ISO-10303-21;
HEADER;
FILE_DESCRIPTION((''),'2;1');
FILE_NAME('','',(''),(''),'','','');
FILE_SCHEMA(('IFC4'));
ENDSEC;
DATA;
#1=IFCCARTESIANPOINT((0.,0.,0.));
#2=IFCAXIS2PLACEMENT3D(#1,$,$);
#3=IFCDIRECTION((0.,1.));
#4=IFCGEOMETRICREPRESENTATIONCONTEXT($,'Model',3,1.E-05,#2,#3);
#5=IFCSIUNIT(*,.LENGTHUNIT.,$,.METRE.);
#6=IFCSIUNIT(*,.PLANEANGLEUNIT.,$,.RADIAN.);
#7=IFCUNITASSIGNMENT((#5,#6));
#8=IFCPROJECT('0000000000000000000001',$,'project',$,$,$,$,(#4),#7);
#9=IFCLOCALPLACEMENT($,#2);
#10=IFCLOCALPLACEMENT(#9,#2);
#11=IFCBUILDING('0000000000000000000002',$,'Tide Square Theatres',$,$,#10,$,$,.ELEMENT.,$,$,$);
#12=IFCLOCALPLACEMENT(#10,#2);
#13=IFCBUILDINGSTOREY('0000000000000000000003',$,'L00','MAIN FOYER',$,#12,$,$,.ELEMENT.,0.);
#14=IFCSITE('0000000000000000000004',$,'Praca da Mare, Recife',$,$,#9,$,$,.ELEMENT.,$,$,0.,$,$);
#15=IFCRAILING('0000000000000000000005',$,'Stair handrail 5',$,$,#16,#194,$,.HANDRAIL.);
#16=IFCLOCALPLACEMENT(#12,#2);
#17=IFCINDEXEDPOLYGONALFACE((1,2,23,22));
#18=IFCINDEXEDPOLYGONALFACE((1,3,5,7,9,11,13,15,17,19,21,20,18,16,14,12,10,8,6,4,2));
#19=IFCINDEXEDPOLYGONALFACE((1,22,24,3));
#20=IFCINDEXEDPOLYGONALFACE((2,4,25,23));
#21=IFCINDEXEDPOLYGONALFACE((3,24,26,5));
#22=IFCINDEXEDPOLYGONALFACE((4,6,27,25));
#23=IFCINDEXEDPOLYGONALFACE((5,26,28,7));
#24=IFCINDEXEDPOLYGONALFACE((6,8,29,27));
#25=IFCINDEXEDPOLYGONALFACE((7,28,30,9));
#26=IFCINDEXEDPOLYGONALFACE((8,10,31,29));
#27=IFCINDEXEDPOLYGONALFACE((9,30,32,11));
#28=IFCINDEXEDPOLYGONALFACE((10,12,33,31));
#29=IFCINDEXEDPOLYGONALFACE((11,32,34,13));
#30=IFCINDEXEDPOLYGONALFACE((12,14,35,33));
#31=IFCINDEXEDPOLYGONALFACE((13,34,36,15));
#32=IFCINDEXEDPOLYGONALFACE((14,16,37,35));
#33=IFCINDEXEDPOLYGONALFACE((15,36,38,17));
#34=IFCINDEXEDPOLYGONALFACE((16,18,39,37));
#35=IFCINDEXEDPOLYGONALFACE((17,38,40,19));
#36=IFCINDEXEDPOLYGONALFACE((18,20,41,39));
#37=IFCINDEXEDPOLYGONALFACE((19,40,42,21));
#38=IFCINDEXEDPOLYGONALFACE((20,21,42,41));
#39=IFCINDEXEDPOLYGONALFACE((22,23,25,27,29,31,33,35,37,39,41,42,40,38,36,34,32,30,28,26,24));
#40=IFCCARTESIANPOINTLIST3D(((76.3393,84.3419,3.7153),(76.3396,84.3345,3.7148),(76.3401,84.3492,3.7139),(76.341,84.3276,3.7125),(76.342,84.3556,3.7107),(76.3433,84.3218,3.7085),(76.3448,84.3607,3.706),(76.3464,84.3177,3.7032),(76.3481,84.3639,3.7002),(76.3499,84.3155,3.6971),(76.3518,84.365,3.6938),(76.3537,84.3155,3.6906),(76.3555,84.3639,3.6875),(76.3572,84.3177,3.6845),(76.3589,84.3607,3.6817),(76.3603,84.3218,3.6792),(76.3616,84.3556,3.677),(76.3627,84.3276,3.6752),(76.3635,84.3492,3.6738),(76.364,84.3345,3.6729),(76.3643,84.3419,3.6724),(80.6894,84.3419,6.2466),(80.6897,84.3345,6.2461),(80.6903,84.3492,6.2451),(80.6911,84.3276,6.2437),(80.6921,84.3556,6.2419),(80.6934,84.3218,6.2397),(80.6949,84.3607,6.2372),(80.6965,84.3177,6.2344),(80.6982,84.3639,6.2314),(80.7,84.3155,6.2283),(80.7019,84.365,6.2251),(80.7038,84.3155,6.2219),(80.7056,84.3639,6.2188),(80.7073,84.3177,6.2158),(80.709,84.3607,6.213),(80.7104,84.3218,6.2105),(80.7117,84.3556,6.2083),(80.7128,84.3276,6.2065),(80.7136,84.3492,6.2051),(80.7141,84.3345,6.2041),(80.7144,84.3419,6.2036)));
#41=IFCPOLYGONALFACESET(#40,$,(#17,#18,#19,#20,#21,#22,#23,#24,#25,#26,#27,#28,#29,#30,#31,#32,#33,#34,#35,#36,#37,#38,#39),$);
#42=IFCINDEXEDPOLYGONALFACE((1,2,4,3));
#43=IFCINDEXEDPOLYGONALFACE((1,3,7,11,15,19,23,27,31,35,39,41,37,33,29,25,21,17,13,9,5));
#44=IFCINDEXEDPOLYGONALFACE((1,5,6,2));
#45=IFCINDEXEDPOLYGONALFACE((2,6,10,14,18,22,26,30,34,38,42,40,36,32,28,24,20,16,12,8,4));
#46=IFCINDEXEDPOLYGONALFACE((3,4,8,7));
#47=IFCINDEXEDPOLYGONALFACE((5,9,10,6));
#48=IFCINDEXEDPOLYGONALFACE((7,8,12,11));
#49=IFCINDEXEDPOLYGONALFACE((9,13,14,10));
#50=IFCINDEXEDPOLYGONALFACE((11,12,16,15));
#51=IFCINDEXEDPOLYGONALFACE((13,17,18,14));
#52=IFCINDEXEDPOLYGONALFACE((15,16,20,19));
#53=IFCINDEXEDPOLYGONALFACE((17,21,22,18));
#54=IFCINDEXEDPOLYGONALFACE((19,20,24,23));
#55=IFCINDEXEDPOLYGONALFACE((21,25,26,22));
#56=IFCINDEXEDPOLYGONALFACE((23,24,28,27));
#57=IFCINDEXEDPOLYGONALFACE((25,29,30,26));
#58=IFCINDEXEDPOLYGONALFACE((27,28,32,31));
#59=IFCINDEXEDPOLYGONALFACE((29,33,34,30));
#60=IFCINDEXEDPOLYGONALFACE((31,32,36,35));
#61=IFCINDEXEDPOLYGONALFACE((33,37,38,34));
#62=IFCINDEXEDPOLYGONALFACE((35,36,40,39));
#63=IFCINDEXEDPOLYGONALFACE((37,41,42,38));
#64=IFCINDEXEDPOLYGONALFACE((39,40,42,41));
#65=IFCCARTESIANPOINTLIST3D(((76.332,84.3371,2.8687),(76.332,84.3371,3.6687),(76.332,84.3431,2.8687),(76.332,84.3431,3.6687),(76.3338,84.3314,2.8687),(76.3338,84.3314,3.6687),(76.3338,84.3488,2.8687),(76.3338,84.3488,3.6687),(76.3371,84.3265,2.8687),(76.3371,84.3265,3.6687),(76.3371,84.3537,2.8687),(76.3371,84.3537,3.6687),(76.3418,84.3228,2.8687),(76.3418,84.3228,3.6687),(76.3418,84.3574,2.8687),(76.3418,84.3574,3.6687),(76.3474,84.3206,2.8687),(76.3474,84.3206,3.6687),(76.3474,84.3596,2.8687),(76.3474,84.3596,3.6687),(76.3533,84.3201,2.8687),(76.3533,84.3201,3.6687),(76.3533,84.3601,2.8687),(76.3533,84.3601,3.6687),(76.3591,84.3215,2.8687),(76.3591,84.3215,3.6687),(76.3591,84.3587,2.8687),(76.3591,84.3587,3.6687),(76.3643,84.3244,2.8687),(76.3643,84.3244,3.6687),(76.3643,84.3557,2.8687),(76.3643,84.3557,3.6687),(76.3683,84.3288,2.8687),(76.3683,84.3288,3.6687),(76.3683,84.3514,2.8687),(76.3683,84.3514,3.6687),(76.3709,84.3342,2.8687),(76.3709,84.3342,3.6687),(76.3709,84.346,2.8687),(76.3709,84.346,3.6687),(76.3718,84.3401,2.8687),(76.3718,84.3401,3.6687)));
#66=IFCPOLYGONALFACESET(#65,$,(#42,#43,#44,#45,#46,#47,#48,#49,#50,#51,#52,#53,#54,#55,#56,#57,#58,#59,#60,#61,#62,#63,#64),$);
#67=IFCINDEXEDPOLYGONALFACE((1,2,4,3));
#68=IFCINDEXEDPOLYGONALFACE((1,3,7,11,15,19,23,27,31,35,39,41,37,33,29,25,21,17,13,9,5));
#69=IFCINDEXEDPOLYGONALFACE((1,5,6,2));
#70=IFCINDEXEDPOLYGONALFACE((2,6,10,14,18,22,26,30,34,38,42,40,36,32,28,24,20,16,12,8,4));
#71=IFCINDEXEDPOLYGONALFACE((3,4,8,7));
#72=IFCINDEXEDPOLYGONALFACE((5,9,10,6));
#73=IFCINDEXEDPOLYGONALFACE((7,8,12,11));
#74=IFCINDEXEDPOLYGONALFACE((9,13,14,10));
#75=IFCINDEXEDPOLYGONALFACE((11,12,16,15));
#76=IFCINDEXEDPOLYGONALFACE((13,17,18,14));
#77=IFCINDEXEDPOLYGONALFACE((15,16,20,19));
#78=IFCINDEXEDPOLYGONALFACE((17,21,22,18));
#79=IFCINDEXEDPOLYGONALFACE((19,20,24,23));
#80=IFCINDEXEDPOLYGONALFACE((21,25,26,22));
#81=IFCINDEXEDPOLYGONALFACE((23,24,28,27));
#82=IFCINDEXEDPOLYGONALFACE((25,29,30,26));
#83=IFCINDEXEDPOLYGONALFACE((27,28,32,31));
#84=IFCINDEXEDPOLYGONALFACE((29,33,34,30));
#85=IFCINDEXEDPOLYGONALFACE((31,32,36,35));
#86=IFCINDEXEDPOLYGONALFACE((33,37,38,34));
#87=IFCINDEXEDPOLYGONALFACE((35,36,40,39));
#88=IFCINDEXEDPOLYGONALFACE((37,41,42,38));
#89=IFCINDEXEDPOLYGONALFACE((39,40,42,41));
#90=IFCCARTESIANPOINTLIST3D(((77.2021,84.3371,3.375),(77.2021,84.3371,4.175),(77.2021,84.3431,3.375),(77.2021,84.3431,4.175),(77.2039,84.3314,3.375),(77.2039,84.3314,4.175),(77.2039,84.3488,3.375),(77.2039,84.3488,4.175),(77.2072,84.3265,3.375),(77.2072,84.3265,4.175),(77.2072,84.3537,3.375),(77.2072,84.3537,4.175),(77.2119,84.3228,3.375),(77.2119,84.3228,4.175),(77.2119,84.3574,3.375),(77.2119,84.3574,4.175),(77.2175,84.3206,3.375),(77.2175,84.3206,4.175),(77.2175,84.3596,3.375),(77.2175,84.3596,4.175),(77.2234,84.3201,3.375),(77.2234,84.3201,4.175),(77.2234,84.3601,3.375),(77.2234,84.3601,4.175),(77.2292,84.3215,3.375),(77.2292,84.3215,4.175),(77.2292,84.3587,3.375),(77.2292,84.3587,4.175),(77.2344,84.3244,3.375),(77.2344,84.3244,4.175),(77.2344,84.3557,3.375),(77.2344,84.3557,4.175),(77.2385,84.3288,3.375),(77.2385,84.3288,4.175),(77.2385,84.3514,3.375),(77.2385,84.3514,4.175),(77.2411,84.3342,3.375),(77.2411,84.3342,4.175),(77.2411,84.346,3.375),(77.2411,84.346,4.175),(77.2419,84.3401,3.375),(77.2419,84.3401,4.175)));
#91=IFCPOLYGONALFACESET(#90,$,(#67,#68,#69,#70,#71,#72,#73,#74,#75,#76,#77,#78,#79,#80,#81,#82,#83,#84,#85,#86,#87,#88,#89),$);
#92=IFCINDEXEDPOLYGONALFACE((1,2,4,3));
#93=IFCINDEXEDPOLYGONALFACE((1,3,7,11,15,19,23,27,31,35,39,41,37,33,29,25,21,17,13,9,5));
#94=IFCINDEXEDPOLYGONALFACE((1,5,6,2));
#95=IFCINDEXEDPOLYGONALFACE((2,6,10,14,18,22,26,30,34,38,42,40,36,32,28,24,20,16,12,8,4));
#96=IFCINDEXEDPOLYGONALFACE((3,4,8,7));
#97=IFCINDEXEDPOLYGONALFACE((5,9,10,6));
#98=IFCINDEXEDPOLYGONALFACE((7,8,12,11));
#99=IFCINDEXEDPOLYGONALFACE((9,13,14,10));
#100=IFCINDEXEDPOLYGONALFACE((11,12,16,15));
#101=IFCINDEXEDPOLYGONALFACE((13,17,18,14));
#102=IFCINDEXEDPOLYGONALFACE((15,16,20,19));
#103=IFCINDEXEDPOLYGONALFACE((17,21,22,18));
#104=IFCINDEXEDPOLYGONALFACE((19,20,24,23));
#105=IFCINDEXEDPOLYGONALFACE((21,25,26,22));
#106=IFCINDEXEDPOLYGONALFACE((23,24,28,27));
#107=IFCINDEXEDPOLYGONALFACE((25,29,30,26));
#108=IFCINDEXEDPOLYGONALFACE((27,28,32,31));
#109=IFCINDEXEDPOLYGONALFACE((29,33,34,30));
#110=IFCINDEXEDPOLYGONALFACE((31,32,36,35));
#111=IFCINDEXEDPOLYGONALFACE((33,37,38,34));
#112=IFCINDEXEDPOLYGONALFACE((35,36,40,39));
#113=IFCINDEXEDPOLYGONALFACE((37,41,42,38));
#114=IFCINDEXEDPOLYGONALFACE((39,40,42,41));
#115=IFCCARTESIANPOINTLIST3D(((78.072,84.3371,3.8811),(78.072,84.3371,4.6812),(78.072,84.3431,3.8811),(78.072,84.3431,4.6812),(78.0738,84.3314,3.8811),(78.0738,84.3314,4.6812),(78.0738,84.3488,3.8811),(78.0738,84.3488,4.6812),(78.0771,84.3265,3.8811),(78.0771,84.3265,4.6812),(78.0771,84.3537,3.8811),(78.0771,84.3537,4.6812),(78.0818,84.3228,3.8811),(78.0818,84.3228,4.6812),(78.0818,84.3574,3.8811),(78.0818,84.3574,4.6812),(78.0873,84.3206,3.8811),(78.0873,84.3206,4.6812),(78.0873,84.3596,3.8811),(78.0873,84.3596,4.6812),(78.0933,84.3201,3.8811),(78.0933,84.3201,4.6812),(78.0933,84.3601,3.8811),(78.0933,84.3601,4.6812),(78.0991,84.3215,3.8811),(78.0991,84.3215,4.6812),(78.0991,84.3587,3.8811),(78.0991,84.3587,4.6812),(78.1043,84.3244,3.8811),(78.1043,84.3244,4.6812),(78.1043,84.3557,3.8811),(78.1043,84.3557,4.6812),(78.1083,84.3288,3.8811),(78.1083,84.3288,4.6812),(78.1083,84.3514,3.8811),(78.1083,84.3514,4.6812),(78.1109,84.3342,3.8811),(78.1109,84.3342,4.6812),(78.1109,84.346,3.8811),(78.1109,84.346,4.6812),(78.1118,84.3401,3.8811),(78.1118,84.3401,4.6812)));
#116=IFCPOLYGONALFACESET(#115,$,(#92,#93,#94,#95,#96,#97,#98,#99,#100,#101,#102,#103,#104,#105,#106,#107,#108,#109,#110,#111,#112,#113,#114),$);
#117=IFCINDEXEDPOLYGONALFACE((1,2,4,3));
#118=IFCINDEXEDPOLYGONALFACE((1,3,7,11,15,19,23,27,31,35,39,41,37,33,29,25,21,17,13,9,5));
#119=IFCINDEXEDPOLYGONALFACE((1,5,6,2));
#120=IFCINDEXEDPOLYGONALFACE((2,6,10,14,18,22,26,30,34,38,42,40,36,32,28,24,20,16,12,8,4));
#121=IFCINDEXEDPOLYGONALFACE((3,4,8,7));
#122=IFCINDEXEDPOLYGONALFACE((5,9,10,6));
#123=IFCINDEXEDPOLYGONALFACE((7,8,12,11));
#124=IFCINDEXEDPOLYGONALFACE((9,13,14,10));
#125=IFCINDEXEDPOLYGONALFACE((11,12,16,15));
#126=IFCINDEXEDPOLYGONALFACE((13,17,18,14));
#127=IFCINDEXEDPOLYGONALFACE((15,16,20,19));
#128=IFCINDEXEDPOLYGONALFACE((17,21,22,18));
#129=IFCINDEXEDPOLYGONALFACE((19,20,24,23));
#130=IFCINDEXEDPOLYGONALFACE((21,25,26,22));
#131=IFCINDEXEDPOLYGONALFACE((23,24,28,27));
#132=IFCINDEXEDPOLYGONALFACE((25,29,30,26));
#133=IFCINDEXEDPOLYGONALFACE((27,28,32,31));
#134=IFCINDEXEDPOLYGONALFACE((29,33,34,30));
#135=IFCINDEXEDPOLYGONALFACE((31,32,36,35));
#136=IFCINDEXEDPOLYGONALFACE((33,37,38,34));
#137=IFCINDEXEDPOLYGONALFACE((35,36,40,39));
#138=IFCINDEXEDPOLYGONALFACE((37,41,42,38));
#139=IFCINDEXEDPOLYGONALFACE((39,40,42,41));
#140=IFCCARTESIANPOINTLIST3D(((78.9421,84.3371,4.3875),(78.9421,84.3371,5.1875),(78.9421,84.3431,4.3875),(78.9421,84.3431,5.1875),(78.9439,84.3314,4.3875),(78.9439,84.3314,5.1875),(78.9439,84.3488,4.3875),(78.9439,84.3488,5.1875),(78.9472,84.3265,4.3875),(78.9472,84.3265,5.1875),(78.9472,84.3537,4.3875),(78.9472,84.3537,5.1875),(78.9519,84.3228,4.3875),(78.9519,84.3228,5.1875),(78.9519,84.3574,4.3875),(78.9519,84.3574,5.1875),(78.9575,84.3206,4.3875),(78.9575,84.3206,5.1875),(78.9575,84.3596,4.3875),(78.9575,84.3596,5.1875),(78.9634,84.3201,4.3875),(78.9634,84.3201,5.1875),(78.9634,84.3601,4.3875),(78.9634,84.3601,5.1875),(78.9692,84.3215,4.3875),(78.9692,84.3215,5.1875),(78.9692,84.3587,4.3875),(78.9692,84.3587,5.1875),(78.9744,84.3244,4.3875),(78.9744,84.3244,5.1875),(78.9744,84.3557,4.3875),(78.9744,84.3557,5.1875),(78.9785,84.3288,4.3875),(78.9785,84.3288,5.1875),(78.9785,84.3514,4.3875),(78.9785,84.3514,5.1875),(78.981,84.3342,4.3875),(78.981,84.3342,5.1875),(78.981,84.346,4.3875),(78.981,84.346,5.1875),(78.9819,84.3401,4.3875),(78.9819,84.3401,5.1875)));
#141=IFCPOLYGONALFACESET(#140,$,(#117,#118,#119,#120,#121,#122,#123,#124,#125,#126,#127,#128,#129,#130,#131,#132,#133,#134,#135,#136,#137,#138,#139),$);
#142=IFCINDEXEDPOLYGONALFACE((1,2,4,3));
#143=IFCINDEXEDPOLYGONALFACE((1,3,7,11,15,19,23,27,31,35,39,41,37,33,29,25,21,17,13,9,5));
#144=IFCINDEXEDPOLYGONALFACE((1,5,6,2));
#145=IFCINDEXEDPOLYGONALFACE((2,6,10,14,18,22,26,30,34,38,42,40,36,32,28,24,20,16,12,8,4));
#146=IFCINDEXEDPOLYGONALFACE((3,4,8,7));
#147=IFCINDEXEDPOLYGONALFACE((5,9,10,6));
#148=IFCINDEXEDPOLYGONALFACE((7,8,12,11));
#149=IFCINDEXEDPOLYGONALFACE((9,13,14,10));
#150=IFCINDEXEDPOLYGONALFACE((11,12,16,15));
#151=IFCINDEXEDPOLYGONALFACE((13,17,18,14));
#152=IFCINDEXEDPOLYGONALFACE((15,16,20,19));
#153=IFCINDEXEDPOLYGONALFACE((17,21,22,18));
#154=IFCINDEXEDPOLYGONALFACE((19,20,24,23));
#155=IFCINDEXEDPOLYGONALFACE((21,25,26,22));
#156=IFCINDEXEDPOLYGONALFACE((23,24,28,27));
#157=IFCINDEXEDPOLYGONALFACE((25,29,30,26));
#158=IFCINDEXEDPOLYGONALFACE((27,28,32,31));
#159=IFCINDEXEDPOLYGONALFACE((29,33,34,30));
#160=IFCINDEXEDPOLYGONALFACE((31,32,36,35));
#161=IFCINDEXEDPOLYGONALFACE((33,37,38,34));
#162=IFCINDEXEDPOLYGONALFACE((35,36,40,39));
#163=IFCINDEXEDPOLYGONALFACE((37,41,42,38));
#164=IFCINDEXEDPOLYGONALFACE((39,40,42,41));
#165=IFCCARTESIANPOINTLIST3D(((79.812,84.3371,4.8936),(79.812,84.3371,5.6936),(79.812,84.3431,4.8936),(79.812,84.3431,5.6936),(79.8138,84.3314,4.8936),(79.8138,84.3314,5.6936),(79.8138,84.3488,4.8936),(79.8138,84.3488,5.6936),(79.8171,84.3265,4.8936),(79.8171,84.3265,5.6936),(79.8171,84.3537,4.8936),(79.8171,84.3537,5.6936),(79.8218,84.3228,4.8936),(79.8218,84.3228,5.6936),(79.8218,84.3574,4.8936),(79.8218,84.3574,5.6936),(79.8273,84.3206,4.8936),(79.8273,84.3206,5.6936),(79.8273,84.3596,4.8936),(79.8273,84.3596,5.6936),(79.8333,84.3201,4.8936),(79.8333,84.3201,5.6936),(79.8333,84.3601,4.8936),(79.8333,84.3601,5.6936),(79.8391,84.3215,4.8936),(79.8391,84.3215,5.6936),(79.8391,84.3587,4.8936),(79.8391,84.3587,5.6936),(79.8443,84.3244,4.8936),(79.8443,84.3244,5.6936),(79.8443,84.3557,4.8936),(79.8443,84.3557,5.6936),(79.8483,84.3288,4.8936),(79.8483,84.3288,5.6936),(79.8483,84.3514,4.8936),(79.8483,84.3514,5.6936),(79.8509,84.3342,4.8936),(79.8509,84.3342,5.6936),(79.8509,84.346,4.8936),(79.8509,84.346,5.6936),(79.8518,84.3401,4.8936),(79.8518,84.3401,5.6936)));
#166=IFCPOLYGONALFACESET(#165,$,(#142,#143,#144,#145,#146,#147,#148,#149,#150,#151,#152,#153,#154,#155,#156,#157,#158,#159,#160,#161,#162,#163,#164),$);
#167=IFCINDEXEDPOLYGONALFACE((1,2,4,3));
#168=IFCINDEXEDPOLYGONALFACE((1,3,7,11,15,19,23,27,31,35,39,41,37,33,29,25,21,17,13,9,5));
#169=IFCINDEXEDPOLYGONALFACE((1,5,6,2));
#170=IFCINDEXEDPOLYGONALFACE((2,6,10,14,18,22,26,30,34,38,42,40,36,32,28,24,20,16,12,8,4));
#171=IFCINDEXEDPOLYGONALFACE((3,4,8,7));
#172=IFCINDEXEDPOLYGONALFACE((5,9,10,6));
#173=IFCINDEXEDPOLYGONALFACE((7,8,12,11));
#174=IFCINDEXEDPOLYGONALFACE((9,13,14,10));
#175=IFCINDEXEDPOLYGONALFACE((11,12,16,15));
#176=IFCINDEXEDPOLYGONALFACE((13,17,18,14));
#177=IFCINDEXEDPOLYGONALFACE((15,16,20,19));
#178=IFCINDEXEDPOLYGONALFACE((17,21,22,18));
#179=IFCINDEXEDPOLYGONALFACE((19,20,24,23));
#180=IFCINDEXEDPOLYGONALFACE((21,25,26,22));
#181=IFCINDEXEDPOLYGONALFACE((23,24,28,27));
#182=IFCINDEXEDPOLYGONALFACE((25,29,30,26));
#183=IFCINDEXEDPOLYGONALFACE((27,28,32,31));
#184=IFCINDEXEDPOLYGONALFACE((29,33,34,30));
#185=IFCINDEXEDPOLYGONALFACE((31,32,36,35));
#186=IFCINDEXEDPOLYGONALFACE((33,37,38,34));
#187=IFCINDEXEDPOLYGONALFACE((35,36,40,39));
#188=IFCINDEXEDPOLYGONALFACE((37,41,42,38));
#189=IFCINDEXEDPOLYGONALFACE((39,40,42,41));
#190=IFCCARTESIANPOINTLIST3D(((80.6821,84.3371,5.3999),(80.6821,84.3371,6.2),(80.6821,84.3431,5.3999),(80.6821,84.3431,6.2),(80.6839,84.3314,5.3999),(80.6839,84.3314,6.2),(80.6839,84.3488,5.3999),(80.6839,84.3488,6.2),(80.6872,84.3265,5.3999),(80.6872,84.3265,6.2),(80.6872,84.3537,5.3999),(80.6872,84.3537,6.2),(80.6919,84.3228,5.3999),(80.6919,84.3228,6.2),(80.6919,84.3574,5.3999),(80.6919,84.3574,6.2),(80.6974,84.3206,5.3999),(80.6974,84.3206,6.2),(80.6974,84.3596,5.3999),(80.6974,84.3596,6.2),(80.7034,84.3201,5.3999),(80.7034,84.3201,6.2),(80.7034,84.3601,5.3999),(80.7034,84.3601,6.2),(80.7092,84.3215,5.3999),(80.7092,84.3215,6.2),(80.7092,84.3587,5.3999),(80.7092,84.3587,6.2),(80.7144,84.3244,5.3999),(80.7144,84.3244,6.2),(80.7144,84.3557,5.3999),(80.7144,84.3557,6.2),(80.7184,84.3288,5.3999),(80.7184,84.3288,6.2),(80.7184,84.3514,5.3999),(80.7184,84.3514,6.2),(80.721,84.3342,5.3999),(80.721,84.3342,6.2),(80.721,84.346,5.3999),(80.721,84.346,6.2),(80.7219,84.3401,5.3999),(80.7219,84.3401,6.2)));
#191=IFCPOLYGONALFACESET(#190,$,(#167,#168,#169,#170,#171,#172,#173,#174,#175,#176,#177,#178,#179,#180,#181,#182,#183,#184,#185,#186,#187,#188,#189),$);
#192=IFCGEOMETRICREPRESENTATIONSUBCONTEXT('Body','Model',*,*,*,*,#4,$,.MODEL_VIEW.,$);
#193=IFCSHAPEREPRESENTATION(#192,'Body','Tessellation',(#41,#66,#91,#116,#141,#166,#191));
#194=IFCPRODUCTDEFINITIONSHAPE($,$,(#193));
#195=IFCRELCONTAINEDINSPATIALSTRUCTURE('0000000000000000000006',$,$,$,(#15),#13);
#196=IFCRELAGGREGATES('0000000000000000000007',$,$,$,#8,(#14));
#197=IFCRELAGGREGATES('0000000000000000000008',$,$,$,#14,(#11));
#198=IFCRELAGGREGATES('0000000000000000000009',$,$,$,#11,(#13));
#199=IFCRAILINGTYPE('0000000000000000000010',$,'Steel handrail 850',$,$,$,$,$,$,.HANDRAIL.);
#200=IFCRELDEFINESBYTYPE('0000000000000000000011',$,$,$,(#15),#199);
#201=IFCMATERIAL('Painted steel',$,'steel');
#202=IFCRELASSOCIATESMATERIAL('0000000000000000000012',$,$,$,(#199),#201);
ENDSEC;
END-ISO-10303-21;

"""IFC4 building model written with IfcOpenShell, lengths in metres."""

from ifc_helpers import new_model, si_unit, direction, frame, origin, origin_2d, place, context, subcontext, project, spatial, circle, extrude, material, type_object, element, save


model = new_model("IFC4")

# Units and contexts
model_context = context("Model", 3, precision=1e-05, world=origin(), true_north=direction((0.0, 1.0)))
body_context = subcontext(model_context, "Body", "Model", "MODEL_VIEW")
ifc_project = project(units=[si_unit("LENGTHUNIT", "METRE"), si_unit("PLANEANGLEUNIT", "RADIAN")], contexts=[model_context])

# Site, building, storey
site_placement = place(None, origin())
site = spatial("IfcSite", under=ifc_project, at=site_placement, Name="Praca da Mare, Recife", CompositionType="ELEMENT", RefElevation=0.0)
building_placement = place(site_placement, origin())
building = spatial("IfcBuilding", under=site, at=building_placement, Name="Tide Square Theatres", CompositionType="ELEMENT")
storey_placement = place(building_placement, origin())
storey = spatial("IfcBuildingStorey", under=building, at=storey_placement, Name="L00", Description="MAIN FOYER", CompositionType="ELEMENT", Elevation=0.0)

# Railing
ifc_material_1 = material(Name="Painted steel", Category="steel")
railing_type = type_object("IfcRailingType", Name="Steel handrail 850", PredefinedType="HANDRAIL", material=ifc_material_1)
railing_placement = place(storey_placement, frame((76.3518, 84.3401, 2.8687)))
element("IfcRailing", 1, at=railing_placement, inside=storey, type_object=railing_type, Name="Stair handrail 5", PredefinedType="HANDRAIL", context=body_context, shape_type="SweptSolid", body=[
    extrude(circle(Radius=0.0249, at=origin_2d()), frame((0.0, 0.0, 0.8252), z_axis=(0.864324, 0.0, 0.502936), x_axis=(0.0, 1.0, 0.0)), (0.0, 0.0, 1.0), 5.033),
    extrude(circle(Radius=0.02, at=origin_2d()), origin(), (0.0, 0.0, 1.0), 0.8),
    extrude(circle(Radius=0.02, at=origin_2d()), frame((0.8701, 0.0, 0.5063)), (0.0, 0.0, 1.0), 0.8),
    extrude(circle(Radius=0.02, at=origin_2d()), frame((1.74, 0.0, 1.0125)), (0.0, 0.0, 1.0), 0.8),
    extrude(circle(Radius=0.02, at=origin_2d()), frame((2.6101, 0.0, 1.5188)), (0.0, 0.0, 1.0), 0.8),
    extrude(circle(Radius=0.02, at=origin_2d()), frame((3.48, 0.0, 2.0249)), (0.0, 0.0, 1.0), 0.8),
    extrude(circle(Radius=0.02, at=origin_2d()), frame((4.3501, 0.0, 2.5312)), (0.0, 0.0, 1.0), 0.8),
])

save(model, "model.ifc")
